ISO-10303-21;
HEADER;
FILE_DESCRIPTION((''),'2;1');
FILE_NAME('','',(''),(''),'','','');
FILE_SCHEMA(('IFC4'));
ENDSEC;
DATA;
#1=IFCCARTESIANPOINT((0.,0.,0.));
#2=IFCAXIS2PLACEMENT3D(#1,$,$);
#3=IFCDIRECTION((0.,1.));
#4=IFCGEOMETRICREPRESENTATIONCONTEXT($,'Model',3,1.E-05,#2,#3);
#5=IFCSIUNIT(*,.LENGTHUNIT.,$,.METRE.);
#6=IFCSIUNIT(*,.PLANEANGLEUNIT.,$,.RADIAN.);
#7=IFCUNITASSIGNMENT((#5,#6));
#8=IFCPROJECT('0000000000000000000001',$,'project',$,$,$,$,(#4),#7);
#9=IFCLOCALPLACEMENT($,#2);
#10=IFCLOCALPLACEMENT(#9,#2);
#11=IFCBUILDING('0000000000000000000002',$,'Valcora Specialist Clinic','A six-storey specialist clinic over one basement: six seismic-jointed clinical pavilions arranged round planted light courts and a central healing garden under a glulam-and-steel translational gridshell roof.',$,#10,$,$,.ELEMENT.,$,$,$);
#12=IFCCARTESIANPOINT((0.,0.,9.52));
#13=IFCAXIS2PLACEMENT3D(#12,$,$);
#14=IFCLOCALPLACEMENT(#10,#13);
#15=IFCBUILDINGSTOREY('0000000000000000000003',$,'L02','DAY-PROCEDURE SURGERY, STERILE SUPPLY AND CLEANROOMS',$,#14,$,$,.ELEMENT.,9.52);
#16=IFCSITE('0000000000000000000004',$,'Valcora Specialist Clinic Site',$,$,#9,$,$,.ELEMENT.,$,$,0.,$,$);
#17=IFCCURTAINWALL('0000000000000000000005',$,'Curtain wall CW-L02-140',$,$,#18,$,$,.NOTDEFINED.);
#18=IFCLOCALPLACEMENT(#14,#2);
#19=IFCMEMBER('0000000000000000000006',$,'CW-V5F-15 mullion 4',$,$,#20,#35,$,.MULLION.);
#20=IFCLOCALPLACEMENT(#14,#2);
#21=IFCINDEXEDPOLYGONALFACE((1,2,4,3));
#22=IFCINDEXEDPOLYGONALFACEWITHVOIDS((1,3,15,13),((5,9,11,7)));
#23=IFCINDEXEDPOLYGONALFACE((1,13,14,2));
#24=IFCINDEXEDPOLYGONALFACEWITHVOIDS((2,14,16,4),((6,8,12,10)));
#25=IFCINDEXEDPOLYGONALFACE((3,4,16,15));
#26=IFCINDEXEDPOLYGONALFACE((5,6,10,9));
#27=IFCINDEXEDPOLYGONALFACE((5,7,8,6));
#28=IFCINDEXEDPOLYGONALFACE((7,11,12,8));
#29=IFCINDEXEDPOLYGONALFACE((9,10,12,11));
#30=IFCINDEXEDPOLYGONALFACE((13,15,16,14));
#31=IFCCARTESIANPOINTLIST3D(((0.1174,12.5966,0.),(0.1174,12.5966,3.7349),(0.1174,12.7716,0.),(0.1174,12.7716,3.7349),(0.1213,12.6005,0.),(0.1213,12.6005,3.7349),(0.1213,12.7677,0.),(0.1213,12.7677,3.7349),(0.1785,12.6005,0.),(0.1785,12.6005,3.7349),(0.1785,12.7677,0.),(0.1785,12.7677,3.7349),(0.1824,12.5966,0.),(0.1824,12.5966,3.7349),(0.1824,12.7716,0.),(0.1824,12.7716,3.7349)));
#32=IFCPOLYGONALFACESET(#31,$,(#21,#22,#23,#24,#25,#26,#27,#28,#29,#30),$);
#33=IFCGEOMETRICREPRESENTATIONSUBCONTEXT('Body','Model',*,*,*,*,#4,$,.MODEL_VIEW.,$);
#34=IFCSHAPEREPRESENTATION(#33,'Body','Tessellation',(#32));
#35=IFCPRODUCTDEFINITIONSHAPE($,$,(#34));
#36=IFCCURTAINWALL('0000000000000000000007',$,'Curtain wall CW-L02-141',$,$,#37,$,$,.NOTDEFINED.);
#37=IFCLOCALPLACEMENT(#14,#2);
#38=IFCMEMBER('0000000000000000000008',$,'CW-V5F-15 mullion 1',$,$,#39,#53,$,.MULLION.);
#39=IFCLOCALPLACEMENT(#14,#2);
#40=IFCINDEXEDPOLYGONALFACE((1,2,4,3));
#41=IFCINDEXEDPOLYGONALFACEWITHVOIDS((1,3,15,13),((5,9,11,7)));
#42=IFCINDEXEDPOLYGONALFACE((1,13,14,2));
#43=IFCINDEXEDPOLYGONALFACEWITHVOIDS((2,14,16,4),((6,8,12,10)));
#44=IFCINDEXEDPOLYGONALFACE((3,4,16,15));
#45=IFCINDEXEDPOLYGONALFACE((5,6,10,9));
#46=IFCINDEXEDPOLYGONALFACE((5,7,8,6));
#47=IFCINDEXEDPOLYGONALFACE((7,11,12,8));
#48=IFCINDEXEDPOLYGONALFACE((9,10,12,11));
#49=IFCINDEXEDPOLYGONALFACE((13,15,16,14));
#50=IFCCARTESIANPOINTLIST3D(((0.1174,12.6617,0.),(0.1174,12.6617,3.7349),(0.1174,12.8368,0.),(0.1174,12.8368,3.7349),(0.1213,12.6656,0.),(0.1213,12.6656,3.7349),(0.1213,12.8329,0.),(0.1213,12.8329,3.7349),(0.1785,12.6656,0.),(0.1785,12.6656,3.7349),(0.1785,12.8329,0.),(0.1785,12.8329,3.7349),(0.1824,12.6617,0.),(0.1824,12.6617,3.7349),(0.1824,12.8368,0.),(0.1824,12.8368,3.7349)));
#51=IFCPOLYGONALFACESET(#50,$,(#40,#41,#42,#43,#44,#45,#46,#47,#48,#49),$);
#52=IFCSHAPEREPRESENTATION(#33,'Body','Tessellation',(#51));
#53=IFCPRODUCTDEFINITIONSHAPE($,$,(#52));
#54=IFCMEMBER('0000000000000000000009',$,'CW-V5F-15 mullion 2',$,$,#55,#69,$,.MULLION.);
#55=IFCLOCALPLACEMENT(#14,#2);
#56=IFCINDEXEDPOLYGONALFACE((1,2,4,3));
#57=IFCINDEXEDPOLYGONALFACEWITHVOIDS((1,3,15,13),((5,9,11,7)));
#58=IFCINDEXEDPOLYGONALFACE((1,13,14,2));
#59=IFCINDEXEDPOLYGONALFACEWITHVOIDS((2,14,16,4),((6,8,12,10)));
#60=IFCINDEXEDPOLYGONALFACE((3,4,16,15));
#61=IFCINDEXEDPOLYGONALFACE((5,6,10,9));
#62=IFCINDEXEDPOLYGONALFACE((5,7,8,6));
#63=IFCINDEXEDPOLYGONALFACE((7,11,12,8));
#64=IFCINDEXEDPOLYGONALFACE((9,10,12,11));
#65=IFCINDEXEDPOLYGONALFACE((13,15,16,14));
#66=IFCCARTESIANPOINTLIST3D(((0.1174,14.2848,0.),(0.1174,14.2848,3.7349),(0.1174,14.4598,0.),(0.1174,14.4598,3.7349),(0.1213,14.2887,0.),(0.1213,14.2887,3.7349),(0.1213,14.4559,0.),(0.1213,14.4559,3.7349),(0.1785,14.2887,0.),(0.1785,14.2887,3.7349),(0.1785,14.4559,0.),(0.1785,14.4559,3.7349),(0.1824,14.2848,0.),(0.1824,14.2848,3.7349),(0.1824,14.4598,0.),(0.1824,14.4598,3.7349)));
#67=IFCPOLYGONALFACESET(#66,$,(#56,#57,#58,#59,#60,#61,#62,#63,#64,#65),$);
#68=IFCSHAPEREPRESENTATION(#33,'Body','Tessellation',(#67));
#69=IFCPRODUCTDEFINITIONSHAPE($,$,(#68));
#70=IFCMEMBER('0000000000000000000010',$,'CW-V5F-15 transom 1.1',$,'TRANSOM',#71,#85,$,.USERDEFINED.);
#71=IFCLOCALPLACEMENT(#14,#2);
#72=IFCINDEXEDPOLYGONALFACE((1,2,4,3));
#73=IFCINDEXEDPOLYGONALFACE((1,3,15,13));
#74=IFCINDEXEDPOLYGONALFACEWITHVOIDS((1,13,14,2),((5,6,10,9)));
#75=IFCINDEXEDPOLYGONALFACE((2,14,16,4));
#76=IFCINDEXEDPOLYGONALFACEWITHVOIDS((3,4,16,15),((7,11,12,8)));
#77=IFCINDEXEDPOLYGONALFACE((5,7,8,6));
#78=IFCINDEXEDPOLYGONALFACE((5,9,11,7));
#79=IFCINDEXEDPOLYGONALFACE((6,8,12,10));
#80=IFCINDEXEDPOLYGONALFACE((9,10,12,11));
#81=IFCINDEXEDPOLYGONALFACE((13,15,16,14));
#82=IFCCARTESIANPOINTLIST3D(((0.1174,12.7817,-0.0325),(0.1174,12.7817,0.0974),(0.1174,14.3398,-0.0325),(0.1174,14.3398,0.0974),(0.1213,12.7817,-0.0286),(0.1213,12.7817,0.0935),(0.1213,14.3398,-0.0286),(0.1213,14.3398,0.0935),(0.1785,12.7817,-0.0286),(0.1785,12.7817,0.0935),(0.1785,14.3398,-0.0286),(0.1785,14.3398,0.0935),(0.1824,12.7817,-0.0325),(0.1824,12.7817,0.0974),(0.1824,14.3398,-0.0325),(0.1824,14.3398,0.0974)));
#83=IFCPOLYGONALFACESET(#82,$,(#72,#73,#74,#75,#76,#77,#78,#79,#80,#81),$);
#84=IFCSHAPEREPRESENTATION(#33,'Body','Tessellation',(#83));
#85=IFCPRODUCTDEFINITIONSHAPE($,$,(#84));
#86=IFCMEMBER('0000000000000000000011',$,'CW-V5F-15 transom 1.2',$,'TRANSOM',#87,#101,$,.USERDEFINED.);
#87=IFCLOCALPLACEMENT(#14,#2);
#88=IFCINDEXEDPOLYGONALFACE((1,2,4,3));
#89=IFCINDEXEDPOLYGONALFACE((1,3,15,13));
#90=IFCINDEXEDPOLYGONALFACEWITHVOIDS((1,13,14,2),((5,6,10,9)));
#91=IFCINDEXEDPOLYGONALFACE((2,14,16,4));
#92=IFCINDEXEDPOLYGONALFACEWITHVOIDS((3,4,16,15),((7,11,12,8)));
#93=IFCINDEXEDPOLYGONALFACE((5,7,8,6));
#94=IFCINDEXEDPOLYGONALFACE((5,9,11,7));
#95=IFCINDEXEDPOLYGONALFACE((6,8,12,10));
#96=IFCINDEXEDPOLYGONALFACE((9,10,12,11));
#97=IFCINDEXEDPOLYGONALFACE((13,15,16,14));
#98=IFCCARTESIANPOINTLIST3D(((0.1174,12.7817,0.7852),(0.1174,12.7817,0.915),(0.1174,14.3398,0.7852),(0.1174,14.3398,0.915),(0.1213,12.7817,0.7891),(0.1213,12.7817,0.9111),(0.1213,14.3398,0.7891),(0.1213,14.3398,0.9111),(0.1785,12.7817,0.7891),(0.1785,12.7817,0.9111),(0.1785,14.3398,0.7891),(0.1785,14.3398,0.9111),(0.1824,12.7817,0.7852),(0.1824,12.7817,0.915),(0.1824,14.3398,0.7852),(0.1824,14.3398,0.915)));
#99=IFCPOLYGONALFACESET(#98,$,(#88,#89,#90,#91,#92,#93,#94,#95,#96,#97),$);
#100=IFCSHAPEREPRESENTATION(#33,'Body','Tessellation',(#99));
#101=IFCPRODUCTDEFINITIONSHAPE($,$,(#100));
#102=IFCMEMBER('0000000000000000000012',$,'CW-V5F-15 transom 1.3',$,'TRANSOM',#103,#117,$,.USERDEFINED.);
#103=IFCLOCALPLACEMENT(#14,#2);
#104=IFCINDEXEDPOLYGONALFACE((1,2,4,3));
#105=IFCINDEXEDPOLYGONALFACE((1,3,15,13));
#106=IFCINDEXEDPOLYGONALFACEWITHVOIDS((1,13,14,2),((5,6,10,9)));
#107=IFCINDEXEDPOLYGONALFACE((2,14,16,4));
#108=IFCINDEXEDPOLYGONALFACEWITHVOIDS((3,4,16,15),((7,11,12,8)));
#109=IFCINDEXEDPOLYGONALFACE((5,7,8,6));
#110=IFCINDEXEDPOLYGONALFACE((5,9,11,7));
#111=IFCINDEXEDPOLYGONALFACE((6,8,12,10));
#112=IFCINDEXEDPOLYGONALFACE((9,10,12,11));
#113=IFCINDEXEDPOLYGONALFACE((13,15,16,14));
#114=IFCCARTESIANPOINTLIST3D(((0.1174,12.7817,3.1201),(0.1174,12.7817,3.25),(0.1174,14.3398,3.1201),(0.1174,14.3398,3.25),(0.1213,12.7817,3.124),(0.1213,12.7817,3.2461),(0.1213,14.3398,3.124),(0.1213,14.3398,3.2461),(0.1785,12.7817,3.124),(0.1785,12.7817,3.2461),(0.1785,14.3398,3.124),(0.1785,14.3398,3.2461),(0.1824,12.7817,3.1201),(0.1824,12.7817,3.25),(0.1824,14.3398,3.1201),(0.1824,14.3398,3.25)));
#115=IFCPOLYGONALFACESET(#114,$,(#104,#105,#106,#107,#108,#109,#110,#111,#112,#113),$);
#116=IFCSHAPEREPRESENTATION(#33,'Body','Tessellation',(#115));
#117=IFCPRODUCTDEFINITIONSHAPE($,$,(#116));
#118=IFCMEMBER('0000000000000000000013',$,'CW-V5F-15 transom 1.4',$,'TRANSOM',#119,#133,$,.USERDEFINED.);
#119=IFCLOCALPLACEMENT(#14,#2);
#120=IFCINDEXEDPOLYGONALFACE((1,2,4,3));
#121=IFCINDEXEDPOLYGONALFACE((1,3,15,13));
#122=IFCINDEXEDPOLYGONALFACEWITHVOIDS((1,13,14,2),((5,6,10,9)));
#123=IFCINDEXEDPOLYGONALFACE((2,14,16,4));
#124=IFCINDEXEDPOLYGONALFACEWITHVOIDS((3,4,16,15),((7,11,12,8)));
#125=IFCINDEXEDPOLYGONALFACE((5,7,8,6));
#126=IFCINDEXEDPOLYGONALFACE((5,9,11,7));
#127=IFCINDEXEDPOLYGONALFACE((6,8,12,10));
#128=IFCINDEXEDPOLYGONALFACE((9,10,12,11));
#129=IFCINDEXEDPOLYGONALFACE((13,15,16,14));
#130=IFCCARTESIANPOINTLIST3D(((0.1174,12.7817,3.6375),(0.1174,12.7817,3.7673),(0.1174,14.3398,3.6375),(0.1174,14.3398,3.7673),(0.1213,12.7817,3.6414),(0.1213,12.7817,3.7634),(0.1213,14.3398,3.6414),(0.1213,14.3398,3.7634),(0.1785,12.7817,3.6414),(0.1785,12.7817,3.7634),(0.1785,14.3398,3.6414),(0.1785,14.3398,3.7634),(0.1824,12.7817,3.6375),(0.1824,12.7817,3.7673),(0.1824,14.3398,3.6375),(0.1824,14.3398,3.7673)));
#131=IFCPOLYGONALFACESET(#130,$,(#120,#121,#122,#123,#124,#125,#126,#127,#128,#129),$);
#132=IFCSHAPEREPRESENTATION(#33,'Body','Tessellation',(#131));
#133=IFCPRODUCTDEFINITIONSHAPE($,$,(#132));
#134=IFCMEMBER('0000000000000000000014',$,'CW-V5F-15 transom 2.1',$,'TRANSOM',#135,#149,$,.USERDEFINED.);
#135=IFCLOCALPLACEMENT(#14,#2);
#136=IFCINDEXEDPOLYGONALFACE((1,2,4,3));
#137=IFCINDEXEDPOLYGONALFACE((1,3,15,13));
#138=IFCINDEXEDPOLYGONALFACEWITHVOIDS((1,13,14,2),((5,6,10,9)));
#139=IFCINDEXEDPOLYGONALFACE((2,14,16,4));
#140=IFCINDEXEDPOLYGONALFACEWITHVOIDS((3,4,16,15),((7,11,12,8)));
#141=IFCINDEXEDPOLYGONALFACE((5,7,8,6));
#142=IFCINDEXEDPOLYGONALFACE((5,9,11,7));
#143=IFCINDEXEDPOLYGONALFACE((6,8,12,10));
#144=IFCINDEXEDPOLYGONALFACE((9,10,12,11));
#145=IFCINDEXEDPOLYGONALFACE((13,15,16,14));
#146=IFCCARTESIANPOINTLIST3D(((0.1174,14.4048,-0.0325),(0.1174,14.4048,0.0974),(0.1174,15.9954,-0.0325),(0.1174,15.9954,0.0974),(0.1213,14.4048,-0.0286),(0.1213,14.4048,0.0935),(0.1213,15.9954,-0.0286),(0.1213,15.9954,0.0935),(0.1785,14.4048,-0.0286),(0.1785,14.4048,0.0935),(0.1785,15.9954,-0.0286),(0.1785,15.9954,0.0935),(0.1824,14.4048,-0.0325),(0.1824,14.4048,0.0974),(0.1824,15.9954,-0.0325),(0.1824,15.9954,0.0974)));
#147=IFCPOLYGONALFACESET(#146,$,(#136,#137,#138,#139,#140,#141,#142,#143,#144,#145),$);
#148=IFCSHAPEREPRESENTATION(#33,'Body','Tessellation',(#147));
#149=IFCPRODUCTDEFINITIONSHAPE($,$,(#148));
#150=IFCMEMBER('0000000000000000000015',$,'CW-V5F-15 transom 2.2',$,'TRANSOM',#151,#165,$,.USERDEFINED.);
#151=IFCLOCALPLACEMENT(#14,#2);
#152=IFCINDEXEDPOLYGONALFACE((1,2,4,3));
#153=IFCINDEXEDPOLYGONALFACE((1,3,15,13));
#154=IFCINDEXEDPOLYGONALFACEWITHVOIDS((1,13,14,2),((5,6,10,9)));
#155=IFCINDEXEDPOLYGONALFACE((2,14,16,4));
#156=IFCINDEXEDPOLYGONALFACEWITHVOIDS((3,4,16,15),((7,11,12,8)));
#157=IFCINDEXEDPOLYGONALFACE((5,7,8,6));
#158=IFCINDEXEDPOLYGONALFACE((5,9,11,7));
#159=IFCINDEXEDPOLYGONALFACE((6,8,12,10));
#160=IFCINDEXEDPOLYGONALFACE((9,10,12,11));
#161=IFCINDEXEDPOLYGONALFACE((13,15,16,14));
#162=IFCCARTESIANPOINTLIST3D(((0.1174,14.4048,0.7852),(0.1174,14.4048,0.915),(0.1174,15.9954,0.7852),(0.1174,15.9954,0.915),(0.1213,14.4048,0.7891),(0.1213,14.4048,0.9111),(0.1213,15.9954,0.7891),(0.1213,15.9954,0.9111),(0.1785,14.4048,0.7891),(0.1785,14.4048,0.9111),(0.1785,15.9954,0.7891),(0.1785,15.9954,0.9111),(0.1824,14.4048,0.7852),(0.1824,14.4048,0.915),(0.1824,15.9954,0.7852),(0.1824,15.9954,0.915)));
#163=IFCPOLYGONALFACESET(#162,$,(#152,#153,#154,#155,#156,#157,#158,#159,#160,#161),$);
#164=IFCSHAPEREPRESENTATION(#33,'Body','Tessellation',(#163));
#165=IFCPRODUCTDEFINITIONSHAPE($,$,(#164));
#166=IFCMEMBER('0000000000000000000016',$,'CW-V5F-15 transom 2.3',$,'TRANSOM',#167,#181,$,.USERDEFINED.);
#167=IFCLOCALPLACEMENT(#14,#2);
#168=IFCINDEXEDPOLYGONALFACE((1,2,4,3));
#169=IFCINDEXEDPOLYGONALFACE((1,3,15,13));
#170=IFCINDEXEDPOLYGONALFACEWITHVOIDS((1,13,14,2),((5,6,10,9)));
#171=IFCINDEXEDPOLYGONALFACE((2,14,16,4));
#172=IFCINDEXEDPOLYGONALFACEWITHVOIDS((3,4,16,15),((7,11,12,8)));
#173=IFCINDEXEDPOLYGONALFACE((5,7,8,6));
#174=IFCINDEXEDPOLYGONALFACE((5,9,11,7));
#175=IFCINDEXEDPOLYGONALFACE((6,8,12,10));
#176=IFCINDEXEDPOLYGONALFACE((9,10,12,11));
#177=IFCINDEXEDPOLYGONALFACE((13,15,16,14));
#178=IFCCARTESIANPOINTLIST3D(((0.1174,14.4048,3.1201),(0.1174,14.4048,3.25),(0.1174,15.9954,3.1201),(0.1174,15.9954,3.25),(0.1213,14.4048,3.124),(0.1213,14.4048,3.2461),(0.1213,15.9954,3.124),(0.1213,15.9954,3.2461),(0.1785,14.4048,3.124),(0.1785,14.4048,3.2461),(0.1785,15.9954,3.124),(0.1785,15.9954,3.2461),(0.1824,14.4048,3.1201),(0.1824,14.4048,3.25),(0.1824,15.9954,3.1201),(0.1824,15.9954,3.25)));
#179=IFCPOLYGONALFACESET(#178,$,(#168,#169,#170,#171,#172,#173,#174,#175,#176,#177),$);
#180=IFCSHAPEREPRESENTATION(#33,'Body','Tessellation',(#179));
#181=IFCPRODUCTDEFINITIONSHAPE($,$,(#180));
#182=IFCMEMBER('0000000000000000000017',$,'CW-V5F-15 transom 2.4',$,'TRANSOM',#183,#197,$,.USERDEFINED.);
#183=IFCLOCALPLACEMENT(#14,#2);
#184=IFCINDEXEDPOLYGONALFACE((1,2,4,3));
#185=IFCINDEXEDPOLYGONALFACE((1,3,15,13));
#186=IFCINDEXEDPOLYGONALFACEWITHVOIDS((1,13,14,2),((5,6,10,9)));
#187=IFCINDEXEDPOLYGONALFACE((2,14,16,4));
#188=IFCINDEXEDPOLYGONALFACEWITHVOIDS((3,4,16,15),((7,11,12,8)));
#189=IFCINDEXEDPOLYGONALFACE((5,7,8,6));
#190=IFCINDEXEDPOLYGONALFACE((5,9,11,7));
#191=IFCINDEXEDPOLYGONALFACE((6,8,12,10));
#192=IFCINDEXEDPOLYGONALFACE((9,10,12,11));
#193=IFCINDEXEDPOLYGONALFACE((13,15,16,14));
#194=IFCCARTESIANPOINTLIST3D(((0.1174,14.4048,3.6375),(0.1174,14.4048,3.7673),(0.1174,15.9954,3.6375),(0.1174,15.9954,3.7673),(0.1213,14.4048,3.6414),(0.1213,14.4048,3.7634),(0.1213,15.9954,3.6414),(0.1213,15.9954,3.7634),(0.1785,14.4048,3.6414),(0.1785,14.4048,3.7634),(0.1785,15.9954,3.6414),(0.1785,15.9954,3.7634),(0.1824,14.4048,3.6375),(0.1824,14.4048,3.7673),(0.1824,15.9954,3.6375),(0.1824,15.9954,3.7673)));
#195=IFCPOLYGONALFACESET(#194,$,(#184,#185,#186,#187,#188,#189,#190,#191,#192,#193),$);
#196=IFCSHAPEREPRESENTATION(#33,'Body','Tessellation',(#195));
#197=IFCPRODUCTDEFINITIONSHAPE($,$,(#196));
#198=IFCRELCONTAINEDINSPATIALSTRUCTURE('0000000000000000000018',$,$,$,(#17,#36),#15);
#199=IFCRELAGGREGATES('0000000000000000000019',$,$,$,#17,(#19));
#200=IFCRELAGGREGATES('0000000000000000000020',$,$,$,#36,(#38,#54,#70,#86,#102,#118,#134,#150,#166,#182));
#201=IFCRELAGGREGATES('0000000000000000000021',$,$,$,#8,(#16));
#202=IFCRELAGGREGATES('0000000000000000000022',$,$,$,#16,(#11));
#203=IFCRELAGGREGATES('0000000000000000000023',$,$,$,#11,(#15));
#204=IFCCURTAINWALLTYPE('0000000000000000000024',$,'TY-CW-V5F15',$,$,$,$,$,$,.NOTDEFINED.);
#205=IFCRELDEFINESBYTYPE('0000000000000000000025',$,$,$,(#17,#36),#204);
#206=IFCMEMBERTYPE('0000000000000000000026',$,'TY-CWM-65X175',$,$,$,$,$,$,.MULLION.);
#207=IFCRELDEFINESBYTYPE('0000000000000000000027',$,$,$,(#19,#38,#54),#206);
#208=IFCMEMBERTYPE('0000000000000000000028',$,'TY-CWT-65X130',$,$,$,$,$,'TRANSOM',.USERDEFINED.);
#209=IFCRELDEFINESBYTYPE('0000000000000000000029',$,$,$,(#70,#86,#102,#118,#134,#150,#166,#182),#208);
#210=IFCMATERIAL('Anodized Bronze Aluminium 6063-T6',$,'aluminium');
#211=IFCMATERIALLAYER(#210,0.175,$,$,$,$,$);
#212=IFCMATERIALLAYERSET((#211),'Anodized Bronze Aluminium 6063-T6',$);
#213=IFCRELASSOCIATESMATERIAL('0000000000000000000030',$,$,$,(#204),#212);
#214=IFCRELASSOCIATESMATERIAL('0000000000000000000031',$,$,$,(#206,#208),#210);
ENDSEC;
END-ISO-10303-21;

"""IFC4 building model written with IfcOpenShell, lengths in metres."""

from ifc_helpers import new_model, si_unit, direction, frame, origin, origin_2d, place, context, subcontext, project, spatial, hollow_rectangle, extrude, material, layer, layer_set, material_profile, profile_set, type_object, element, aggregate, save


model = new_model("IFC4")

# Units and contexts
model_context = context("Model", 3, precision=1e-05, world=origin(), true_north=direction((0.0, 1.0)))
body_context = subcontext(model_context, "Body", "Model", "MODEL_VIEW")
ifc_project = project(units=[si_unit("LENGTHUNIT", "METRE"), si_unit("PLANEANGLEUNIT", "RADIAN")], contexts=[model_context])

# Site, building, storey
site_placement = place(None, origin())
site = spatial("IfcSite", under=ifc_project, at=site_placement, Name="Valcora Specialist Clinic Site", CompositionType="ELEMENT", RefElevation=0.0)
building_placement = place(site_placement, origin())
building = spatial("IfcBuilding", under=site, at=building_placement, Name="Valcora Specialist Clinic", Description="A six-storey specialist clinic over one basement: six seismic-jointed clinical pavilions arranged round planted light courts and a central healing garden under a glulam-and-steel translational gridshell roof.", CompositionType="ELEMENT")
storey_placement = place(building_placement, frame((0.0, 0.0, 9.52)))
storey = spatial("IfcBuildingStorey", under=building, at=storey_placement, Name="L02", Description="DAY-PROCEDURE SURGERY, STERILE SUPPLY AND CLEANROOMS", CompositionType="ELEMENT", Elevation=9.52)

# Curtain wall, member
ifc_material_1 = material(Name="Anodized Bronze Aluminium 6063-T6", Category="aluminium")
ifc_layer_1 = layer(ifc_material_1, 0.175)
ifc_layer_set_1 = layer_set([ifc_layer_1], Name="Anodized Bronze Aluminium 6063-T6")
curtain_wall_type = type_object("IfcCurtainWallType", Name="TY-CW-V5F15", PredefinedType="NOTDEFINED", material=ifc_layer_set_1)
curtain_wall_1_placement = place(storey_placement, origin())
curtain_wall_1 = element("IfcCurtainWall", 1, at=curtain_wall_1_placement, inside=storey, type_object=curtain_wall_type, Name="Curtain wall CW-L02-140", PredefinedType="NOTDEFINED")
ifc_material_profile_1 = material_profile(ifc_material_1, hollow_rectangle(XDim=0.0649, YDim=0.175, WallThickness=0.0039, at=origin_2d()), Name="AL-MUL-65X175")
ifc_profile_set_1 = profile_set([ifc_material_profile_1], Name="Anodized Bronze Aluminium 6063-T6")
member_type_1 = type_object("IfcMemberType", Name="TY-CWM-65X175", PredefinedType="MULLION", material=ifc_profile_set_1)
member_1_placement = place(storey_placement, frame((0.1499, 12.6841, 0.0), z_axis=(0.0, 0.0, 1.0), x_axis=(-1.0, 0.0, 0.0)))
member_1 = element("IfcMember", 2, at=member_1_placement, type_object=member_type_1, Name="CW-V5F-15 mullion 4", PredefinedType="MULLION", context=body_context, shape_type="SweptSolid", body=[
    extrude(hollow_rectangle(XDim=0.0649, YDim=0.175, WallThickness=0.0039, at=origin_2d()), origin(), (0.0, 0.0, 1.0), 3.7349),
])
aggregate(curtain_wall_1, [member_1])

# Curtain wall, members
curtain_wall_2_placement = place(storey_placement, origin())
curtain_wall_2 = element("IfcCurtainWall", 3, at=curtain_wall_2_placement, inside=storey, type_object=curtain_wall_type, Name="Curtain wall CW-L02-141", PredefinedType="NOTDEFINED")
member_2_placement = place(storey_placement, frame((0.1499, 12.7493, 0.0), z_axis=(0.0, 0.0, 1.0), x_axis=(-1.0, 0.0, 0.0)))
member_2 = element("IfcMember", 4, at=member_2_placement, type_object=member_type_1, Name="CW-V5F-15 mullion 1", PredefinedType="MULLION", context=body_context, shape_type="SweptSolid", body=[
    extrude(hollow_rectangle(XDim=0.0649, YDim=0.175, WallThickness=0.0039, at=origin_2d()), origin(), (0.0, 0.0, 1.0), 3.7349),
])
member_3_placement = place(storey_placement, frame((0.1499, 14.3723, 0.0), z_axis=(0.0, 0.0, 1.0), x_axis=(-1.0, 0.0, 0.0)))
member_3 = element("IfcMember", 5, at=member_3_placement, type_object=member_type_1, Name="CW-V5F-15 mullion 2", PredefinedType="MULLION", context=body_context, shape_type="SweptSolid", body=[
    extrude(hollow_rectangle(XDim=0.0649, YDim=0.175, WallThickness=0.0039, at=origin_2d()), origin(), (0.0, 0.0, 1.0), 3.7349),
])
ifc_material_profile_2 = material_profile(ifc_material_1, hollow_rectangle(XDim=0.0649, YDim=0.1299, WallThickness=0.0039, at=origin_2d()), Name="AL-TRN-65X130")
ifc_profile_set_2 = profile_set([ifc_material_profile_2], Name="Anodized Bronze Aluminium 6063-T6")
member_type_2 = type_object("IfcMemberType", Name="TY-CWT-65X130", ElementType="TRANSOM", PredefinedType="USERDEFINED", material=ifc_profile_set_2)
member_4_placement = place(storey_placement, frame((0.1499, 12.7817, 0.0325), z_axis=(0.0, 1.0, 0.0), x_axis=(-1.0, 0.0, 0.0)))
member_4 = element("IfcMember", 6, at=member_4_placement, type_object=member_type_2, Name="CW-V5F-15 transom 1.1", ObjectType="TRANSOM", PredefinedType="USERDEFINED", context=body_context, shape_type="SweptSolid", body=[
    extrude(hollow_rectangle(XDim=0.0649, YDim=0.1299, WallThickness=0.0039, at=origin_2d()), origin(), (0.0, 0.0, 1.0), 1.5581),
])
member_5_placement = place(storey_placement, frame((0.1499, 12.7817, 0.8501), z_axis=(0.0, 1.0, 0.0), x_axis=(-1.0, 0.0, 0.0)))
member_5 = element("IfcMember", 7, at=member_5_placement, type_object=member_type_2, Name="CW-V5F-15 transom 1.2", ObjectType="TRANSOM", PredefinedType="USERDEFINED", context=body_context, shape_type="SweptSolid", body=[
    extrude(hollow_rectangle(XDim=0.0649, YDim=0.1299, WallThickness=0.0039, at=origin_2d()), origin(), (0.0, 0.0, 1.0), 1.5581),
])
member_6_placement = place(storey_placement, frame((0.1499, 12.7817, 3.1851), z_axis=(0.0, 1.0, 0.0), x_axis=(-1.0, 0.0, 0.0)))
member_6 = element("IfcMember", 8, at=member_6_placement, type_object=member_type_2, Name="CW-V5F-15 transom 1.3", ObjectType="TRANSOM", PredefinedType="USERDEFINED", context=body_context, shape_type="SweptSolid", body=[
    extrude(hollow_rectangle(XDim=0.0649, YDim=0.1299, WallThickness=0.0039, at=origin_2d()), origin(), (0.0, 0.0, 1.0), 1.5581),
])
member_7_placement = place(storey_placement, frame((0.1499, 12.7817, 3.7024), z_axis=(0.0, 1.0, 0.0), x_axis=(-1.0, 0.0, 0.0)))
member_7 = element("IfcMember", 9, at=member_7_placement, type_object=member_type_2, Name="CW-V5F-15 transom 1.4", ObjectType="TRANSOM", PredefinedType="USERDEFINED", context=body_context, shape_type="SweptSolid", body=[
    extrude(hollow_rectangle(XDim=0.0649, YDim=0.1299, WallThickness=0.0039, at=origin_2d()), origin(), (0.0, 0.0, 1.0), 1.5581),
])
member_8_placement = place(storey_placement, frame((0.1499, 14.4048, 0.0325), z_axis=(0.0, 1.0, 0.0), x_axis=(-1.0, 0.0, 0.0)))
member_8 = element("IfcMember", 10, at=member_8_placement, type_object=member_type_2, Name="CW-V5F-15 transom 2.1", ObjectType="TRANSOM", PredefinedType="USERDEFINED", context=body_context, shape_type="SweptSolid", body=[
    extrude(hollow_rectangle(XDim=0.0649, YDim=0.1299, WallThickness=0.0039, at=origin_2d()), origin(), (0.0, 0.0, 1.0), 1.5906),
])
member_9_placement = place(storey_placement, frame((0.1499, 14.4048, 0.8501), z_axis=(0.0, 1.0, 0.0), x_axis=(-1.0, 0.0, 0.0)))
member_9 = element("IfcMember", 11, at=member_9_placement, type_object=member_type_2, Name="CW-V5F-15 transom 2.2", ObjectType="TRANSOM", PredefinedType="USERDEFINED", context=body_context, shape_type="SweptSolid", body=[
    extrude(hollow_rectangle(XDim=0.0649, YDim=0.1299, WallThickness=0.0039, at=origin_2d()), origin(), (0.0, 0.0, 1.0), 1.5906),
])
member_10_placement = place(storey_placement, frame((0.1499, 14.4048, 3.1851), z_axis=(0.0, 1.0, 0.0), x_axis=(-1.0, 0.0, 0.0)))
member_10 = element("IfcMember", 12, at=member_10_placement, type_object=member_type_2, Name="CW-V5F-15 transom 2.3", ObjectType="TRANSOM", PredefinedType="USERDEFINED", context=body_context, shape_type="SweptSolid", body=[
    extrude(hollow_rectangle(XDim=0.0649, YDim=0.1299, WallThickness=0.0039, at=origin_2d()), origin(), (0.0, 0.0, 1.0), 1.5906),
])
member_11_placement = place(storey_placement, frame((0.1499, 14.4048, 3.7024), z_axis=(0.0, 1.0, 0.0), x_axis=(-1.0, 0.0, 0.0)))
member_11 = element("IfcMember", 13, at=member_11_placement, type_object=member_type_2, Name="CW-V5F-15 transom 2.4", ObjectType="TRANSOM", PredefinedType="USERDEFINED", context=body_context, shape_type="SweptSolid", body=[
    extrude(hollow_rectangle(XDim=0.0649, YDim=0.1299, WallThickness=0.0039, at=origin_2d()), origin(), (0.0, 0.0, 1.0), 1.5906),
])

aggregate(curtain_wall_2, [member_2, member_3, member_4, member_5, member_6, member_7, member_8, member_9, member_10, member_11])

save(model, "model.ifc")
